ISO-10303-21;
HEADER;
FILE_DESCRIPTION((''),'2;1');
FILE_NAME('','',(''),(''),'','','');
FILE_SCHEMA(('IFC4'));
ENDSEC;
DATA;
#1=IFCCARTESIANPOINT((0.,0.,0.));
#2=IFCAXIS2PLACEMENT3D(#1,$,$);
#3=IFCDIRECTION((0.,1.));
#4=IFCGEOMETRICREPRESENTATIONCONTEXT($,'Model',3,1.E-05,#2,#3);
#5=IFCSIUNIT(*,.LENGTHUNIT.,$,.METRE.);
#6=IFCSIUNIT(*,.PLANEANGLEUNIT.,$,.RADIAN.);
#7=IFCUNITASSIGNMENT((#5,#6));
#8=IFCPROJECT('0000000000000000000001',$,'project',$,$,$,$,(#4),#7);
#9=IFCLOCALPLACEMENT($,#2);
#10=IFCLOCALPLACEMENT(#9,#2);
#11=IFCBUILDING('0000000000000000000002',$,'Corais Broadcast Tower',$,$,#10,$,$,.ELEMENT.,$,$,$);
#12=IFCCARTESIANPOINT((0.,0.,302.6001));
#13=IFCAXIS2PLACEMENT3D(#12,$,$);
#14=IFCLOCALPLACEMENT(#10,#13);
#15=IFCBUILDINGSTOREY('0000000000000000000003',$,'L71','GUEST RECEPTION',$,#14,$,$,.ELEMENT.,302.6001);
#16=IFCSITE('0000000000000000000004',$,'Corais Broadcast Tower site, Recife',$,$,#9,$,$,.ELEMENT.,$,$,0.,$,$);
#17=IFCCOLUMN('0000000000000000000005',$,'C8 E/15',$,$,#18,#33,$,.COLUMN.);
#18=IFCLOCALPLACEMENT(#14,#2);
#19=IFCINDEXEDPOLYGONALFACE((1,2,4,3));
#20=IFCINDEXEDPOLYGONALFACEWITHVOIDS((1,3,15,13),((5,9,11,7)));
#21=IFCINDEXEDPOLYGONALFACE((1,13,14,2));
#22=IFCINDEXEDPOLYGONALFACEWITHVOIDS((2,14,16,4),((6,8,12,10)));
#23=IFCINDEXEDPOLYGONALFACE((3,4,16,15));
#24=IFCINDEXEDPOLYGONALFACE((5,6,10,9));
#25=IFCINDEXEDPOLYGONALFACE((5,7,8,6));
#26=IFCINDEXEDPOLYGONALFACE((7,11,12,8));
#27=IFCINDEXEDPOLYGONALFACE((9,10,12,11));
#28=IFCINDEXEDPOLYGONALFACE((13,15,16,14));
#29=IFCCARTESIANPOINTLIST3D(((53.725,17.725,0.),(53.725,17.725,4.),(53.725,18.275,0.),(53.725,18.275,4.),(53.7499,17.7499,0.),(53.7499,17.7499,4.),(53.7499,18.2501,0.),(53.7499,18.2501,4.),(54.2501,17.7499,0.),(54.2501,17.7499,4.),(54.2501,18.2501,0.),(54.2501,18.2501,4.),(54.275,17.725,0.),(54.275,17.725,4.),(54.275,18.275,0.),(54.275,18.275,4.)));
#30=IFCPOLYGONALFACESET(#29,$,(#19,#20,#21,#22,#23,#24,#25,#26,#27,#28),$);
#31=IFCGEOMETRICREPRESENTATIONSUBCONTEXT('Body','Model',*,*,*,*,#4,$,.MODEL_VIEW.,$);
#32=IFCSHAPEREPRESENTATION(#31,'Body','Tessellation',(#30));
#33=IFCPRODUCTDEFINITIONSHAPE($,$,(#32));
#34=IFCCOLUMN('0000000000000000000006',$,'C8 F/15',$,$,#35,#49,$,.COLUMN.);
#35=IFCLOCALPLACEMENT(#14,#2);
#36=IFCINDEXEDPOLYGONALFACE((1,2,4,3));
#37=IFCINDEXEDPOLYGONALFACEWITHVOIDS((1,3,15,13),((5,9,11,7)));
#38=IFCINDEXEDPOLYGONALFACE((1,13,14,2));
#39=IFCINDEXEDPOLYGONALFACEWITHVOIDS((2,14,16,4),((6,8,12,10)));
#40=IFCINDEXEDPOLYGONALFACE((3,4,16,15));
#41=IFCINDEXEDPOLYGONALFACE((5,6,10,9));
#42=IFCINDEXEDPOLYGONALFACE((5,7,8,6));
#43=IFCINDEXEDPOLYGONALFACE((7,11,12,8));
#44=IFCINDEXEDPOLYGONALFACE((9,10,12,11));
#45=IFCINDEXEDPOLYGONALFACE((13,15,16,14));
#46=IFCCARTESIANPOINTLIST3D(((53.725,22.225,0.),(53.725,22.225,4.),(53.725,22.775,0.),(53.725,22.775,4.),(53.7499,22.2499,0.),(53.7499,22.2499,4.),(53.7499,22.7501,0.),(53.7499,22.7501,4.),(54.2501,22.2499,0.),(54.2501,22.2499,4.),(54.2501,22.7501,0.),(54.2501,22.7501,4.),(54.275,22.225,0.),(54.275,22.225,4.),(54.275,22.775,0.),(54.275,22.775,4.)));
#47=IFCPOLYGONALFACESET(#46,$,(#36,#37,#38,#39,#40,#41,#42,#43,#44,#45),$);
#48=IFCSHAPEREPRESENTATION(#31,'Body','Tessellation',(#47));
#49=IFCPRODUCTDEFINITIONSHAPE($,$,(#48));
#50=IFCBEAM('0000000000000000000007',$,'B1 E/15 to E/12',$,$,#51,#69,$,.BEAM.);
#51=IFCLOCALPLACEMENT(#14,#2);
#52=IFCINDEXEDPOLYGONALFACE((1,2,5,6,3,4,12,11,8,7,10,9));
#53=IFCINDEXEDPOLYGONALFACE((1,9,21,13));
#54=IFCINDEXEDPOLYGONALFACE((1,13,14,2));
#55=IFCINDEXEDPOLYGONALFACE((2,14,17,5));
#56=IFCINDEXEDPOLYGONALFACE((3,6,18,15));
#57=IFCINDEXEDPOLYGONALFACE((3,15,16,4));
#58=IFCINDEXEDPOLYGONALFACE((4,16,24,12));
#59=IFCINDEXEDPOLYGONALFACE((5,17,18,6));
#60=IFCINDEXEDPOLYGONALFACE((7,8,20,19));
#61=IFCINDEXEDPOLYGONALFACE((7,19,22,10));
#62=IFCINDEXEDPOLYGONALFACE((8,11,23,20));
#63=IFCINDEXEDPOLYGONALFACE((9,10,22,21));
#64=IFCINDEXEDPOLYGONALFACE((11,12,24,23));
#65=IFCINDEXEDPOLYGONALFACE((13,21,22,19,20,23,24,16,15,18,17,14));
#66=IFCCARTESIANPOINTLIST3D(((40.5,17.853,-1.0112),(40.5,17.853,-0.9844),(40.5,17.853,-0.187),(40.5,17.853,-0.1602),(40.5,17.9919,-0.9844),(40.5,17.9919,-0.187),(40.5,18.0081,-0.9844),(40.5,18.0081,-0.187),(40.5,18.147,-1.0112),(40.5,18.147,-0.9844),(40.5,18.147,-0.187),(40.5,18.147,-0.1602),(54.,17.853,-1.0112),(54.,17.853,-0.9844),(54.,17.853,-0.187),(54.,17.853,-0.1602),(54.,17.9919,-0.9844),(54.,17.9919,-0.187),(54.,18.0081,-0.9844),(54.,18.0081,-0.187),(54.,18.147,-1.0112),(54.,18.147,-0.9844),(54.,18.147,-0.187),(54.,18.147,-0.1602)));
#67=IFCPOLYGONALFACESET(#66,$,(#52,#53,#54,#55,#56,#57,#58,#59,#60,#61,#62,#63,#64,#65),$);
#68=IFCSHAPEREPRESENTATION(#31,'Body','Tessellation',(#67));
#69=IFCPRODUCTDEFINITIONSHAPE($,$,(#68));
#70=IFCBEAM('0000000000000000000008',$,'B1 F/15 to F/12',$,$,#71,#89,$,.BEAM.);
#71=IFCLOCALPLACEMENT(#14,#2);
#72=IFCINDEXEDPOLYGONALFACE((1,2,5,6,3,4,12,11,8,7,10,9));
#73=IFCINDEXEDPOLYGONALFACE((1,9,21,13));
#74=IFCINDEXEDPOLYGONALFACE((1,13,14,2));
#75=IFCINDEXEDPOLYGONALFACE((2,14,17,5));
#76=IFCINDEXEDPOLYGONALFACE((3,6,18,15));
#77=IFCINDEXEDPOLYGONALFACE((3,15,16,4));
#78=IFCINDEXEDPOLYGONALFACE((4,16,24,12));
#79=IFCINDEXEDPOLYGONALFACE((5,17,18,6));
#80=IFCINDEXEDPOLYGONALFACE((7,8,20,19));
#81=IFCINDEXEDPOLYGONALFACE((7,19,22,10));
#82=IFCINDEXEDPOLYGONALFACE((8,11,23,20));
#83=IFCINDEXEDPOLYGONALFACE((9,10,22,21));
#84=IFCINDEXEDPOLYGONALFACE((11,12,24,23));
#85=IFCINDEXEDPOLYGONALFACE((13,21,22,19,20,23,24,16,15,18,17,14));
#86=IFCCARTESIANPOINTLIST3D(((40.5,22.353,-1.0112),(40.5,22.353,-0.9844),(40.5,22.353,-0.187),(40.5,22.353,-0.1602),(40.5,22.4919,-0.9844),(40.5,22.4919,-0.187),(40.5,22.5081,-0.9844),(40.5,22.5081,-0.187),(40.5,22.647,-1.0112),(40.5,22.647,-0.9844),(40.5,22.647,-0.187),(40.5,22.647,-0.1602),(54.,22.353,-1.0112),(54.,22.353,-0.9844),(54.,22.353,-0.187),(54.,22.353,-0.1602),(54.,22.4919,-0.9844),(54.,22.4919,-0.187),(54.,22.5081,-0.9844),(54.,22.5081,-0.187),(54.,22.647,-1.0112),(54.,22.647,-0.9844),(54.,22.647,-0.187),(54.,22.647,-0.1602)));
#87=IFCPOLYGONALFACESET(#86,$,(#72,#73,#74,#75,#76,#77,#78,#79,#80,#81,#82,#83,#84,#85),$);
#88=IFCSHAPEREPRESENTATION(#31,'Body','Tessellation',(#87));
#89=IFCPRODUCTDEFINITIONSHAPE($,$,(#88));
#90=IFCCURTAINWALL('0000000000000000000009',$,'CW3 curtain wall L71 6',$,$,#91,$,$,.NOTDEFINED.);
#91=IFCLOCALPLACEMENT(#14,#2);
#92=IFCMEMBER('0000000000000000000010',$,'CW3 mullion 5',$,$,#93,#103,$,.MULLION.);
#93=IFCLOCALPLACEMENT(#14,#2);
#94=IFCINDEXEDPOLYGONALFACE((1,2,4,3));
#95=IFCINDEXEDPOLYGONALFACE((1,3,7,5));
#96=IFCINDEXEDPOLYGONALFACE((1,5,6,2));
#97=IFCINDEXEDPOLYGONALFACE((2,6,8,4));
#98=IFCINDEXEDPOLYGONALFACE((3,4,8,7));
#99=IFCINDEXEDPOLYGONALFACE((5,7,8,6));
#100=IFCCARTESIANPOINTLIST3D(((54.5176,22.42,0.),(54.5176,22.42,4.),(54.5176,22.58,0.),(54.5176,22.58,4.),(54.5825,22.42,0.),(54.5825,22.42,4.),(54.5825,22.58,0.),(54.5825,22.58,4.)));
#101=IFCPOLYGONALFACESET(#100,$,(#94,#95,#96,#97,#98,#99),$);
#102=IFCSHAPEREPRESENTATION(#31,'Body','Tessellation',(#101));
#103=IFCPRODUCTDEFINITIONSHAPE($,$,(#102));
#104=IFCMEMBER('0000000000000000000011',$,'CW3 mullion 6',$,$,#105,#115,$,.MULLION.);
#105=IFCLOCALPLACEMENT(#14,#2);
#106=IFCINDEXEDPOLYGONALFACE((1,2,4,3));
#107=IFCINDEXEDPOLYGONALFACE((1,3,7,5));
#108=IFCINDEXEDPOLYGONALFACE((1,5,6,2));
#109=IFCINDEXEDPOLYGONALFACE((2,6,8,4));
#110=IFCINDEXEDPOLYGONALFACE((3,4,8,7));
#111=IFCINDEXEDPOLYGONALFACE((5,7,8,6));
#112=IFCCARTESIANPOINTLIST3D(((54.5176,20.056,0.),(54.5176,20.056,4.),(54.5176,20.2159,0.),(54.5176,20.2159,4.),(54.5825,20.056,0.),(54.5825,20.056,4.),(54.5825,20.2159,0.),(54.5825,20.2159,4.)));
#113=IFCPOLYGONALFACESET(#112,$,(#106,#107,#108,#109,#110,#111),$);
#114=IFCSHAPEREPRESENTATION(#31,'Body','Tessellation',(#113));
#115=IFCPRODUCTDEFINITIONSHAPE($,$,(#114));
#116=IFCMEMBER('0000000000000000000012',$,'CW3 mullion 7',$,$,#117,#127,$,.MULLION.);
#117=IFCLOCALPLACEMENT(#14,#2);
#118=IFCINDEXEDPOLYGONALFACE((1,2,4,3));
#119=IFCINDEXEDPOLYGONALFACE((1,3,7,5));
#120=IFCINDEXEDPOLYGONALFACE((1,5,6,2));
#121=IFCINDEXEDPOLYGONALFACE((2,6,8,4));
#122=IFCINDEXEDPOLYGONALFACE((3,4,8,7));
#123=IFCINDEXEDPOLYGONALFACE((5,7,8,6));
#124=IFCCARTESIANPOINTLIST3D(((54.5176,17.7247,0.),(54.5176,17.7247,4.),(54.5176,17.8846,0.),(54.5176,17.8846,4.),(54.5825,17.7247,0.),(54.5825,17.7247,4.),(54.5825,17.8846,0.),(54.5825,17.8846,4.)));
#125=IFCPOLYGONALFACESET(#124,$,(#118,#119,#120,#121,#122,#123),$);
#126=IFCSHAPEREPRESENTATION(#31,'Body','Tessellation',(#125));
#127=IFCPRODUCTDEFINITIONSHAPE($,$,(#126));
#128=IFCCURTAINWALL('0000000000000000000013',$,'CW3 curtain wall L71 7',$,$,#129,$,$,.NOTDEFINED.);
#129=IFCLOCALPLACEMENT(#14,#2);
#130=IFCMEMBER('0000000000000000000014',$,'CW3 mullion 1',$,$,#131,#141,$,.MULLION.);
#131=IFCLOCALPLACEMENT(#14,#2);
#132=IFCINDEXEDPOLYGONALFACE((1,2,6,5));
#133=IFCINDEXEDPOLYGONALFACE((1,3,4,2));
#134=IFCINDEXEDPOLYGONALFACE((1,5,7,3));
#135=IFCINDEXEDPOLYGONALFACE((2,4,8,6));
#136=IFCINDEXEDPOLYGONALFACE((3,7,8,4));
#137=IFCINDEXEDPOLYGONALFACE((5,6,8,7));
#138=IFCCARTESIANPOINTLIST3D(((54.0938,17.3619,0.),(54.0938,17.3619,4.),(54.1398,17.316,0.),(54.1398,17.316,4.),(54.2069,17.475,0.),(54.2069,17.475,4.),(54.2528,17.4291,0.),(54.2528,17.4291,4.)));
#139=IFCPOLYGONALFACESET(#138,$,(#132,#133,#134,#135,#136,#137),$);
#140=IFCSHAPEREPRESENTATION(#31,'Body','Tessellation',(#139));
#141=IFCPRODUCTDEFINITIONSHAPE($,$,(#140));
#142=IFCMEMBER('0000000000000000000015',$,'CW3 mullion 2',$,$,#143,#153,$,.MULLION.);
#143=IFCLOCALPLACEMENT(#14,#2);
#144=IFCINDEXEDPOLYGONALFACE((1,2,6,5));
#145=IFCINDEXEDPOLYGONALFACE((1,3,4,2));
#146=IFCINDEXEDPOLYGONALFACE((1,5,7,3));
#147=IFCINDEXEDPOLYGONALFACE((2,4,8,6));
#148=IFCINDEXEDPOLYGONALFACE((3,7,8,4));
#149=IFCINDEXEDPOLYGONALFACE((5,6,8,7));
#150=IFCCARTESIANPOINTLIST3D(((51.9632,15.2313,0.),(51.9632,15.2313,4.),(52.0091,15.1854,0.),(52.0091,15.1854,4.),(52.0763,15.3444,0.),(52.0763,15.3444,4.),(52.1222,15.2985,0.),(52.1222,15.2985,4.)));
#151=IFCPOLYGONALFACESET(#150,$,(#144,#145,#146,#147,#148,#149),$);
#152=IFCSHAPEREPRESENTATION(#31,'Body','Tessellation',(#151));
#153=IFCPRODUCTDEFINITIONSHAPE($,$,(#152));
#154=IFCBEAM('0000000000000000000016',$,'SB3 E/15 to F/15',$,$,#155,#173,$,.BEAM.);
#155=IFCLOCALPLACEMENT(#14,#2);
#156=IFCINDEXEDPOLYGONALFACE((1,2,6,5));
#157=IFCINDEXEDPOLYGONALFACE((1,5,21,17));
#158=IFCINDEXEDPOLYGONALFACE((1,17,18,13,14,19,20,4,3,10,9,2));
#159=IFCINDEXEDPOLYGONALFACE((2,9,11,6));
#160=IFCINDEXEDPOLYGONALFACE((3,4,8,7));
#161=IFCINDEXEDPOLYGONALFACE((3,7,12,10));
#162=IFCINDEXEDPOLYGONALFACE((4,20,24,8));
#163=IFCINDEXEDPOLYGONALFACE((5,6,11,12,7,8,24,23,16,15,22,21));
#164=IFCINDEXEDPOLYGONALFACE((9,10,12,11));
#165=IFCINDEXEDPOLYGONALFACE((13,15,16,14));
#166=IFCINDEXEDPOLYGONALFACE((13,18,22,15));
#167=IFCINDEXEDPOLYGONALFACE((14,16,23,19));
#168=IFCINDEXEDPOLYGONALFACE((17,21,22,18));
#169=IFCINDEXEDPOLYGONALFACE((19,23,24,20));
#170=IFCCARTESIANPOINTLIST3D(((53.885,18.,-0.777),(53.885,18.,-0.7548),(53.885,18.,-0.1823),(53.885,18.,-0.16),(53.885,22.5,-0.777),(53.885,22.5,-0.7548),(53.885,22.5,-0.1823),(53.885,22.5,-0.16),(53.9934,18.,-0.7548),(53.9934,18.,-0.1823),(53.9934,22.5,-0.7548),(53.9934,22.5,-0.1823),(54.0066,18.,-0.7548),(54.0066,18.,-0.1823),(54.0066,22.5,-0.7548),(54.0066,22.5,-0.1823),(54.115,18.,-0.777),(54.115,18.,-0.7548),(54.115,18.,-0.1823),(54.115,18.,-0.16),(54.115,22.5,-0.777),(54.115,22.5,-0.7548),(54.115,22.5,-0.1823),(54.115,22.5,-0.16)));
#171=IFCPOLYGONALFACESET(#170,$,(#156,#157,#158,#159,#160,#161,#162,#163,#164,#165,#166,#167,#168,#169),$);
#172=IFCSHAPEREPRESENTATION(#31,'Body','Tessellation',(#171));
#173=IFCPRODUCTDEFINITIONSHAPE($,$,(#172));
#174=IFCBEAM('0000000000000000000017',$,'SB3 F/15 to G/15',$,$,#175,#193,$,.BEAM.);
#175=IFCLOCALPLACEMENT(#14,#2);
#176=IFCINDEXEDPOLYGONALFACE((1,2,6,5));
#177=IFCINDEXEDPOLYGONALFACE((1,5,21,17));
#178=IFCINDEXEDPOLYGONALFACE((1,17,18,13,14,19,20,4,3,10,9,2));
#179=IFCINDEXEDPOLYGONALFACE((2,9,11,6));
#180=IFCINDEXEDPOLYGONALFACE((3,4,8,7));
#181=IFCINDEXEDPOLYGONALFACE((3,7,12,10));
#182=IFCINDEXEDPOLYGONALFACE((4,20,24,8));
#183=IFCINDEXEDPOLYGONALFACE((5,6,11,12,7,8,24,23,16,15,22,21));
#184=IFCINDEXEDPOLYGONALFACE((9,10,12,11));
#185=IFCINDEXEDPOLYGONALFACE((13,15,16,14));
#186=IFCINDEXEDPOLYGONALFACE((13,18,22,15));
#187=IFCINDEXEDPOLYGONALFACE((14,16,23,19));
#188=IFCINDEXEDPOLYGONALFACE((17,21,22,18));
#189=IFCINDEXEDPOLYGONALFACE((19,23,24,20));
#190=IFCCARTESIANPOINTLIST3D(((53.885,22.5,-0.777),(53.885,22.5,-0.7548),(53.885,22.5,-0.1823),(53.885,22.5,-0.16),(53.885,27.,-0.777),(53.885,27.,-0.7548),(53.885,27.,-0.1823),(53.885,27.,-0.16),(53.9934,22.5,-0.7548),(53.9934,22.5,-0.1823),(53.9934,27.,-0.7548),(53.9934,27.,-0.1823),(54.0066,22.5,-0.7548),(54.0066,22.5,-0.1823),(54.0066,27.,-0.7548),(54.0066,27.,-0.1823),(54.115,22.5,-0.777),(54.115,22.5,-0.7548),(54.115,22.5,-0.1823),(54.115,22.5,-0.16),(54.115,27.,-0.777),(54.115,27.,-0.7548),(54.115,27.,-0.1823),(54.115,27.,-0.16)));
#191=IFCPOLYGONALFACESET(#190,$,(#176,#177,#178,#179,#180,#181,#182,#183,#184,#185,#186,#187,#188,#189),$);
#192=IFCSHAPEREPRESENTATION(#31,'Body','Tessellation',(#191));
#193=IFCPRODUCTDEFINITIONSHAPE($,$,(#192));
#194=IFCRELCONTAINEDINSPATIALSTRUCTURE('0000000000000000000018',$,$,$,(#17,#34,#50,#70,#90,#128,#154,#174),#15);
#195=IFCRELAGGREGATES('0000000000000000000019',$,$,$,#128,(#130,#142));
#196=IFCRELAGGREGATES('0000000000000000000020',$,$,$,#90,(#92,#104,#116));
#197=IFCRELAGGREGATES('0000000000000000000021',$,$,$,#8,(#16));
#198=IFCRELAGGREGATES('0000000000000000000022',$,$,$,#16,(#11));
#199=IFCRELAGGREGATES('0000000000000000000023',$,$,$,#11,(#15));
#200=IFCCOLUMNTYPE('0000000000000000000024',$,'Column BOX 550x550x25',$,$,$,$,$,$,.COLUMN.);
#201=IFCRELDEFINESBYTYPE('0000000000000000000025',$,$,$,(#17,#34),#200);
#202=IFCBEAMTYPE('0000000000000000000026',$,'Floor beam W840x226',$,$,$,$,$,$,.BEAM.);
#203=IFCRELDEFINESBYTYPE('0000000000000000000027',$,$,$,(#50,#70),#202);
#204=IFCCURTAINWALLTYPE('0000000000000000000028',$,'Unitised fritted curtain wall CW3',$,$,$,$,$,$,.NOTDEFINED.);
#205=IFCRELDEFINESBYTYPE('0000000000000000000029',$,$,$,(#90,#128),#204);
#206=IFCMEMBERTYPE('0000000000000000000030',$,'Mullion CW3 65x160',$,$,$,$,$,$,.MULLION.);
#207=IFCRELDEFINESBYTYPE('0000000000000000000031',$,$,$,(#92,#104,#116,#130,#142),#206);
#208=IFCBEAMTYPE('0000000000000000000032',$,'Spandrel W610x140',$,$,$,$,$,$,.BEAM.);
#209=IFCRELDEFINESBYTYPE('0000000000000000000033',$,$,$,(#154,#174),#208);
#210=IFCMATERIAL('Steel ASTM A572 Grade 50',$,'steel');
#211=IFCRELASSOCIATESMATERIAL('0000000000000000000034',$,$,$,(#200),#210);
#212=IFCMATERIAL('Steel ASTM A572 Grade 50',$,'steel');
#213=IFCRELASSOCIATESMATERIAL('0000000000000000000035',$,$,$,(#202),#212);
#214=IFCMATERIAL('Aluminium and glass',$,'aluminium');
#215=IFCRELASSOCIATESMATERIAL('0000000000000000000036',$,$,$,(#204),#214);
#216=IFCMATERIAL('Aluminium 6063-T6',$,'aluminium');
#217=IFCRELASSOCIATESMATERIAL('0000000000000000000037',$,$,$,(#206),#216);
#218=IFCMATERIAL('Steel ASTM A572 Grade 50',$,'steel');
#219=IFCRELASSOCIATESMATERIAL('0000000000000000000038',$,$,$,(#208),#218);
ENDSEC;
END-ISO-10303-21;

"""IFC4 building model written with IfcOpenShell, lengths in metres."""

from ifc_helpers import new_model, si_unit, direction, frame, origin, origin_2d, place, context, subcontext, project, spatial, rectangle, hollow_rectangle, i_section, extrude, material, material_profile, profile_set, type_object, element, aggregate, save


model = new_model("IFC4")

# Units and contexts
model_context = context("Model", 3, precision=1e-05, world=origin(), true_north=direction((0.0, 1.0)))
body_context = subcontext(model_context, "Body", "Model", "MODEL_VIEW")
ifc_project = project(units=[si_unit("LENGTHUNIT", "METRE"), si_unit("PLANEANGLEUNIT", "RADIAN")], contexts=[model_context])

# Site, building, storey
site_placement = place(None, origin())
site = spatial("IfcSite", under=ifc_project, at=site_placement, Name="Corais Broadcast Tower site, Recife", CompositionType="ELEMENT", RefElevation=0.0)
building_placement = place(site_placement, origin())
building = spatial("IfcBuilding", under=site, at=building_placement, Name="Corais Broadcast Tower", CompositionType="ELEMENT")
storey_placement = place(building_placement, frame((0.0, 0.0, 302.6001)))
storey = spatial("IfcBuildingStorey", under=building, at=storey_placement, Name="L71", Description="GUEST RECEPTION", CompositionType="ELEMENT", Elevation=302.6001)

# Columns
ifc_material_1 = material(Name="Steel ASTM A572 Grade 50", Category="steel")
ifc_material_profile_1 = material_profile(ifc_material_1, hollow_rectangle(XDim=0.55, YDim=0.55, WallThickness=0.0249, at=origin_2d()), Name="BOX 550x550x25")
ifc_profile_set_1 = profile_set([ifc_material_profile_1], Name="Steel ASTM A572 Grade 50")
column_type = type_object("IfcColumnType", Name="Column BOX 550x550x25", PredefinedType="COLUMN", material=ifc_profile_set_1)
for number, where, z_axis, x_axis, name in (
    (1, (54.0, 18.0, 0.0), (0.0, 0.0, 1.0), (1.0, 0.0, 0.0), "C8 E/15"),
    (2, (54.0, 22.5, 0.0), (0.0, 0.0, 1.0), (1.0, 0.0, 0.0), "C8 F/15"),
):
    element("IfcColumn", number, at=place(storey_placement, frame(where, z_axis=z_axis, x_axis=x_axis)), inside=storey, type_object=column_type, Name=name, PredefinedType="COLUMN", context=body_context, shape_type="SweptSolid", body=[
        extrude(hollow_rectangle(XDim=0.55, YDim=0.55, WallThickness=0.0249, at=origin_2d()), origin(), (0.0, 0.0, 1.0), 4.0),
    ])

# Beams
ifc_material_2 = material(Name="Steel ASTM A572 Grade 50", Category="steel")
ifc_material_profile_2 = material_profile(ifc_material_2, i_section(OverallWidth=0.2939, OverallDepth=0.8511, WebThickness=0.0161, FlangeThickness=0.0269, at=origin_2d()), Name="W840x226")
ifc_profile_set_2 = profile_set([ifc_material_profile_2], Name="Steel ASTM A572 Grade 50")
beam_type_1 = type_object("IfcBeamType", Name="Floor beam W840x226", PredefinedType="BEAM", material=ifc_profile_set_2)
for number, where, z_axis, x_axis, name in (
    (3, (54.0, 18.0, -0.5857), (-1.0, 0.0, 0.0), (0.0, -1.0, 0.0), "B1 E/15 to E/12"),
    (4, (54.0, 22.5, -0.5857), (-1.0, 0.0, 0.0), (0.0, -1.0, 0.0), "B1 F/15 to F/12"),
):
    element("IfcBeam", number, at=place(storey_placement, frame(where, z_axis=z_axis, x_axis=x_axis)), inside=storey, type_object=beam_type_1, Name=name, PredefinedType="BEAM", context=body_context, shape_type="SweptSolid", body=[
        extrude(i_section(OverallWidth=0.2939, OverallDepth=0.8511, WebThickness=0.0161, FlangeThickness=0.0269, at=origin_2d()), origin(), (0.0, 0.0, 1.0), 13.5),
    ])

# Curtain walls, members
ifc_material_3 = material(Name="Aluminium and glass", Category="aluminium")
curtain_wall_type = type_object("IfcCurtainWallType", Name="Unitised fritted curtain wall CW3", PredefinedType="NOTDEFINED", material=ifc_material_3)
curtain_wall_1_placement = place(storey_placement, origin())
curtain_wall_1 = element("IfcCurtainWall", 5, at=curtain_wall_1_placement, inside=storey, type_object=curtain_wall_type, Name="CW3 curtain wall L71 6", PredefinedType="NOTDEFINED")
ifc_material_4 = material(Name="Aluminium 6063-T6", Category="aluminium")
ifc_material_profile_3 = material_profile(ifc_material_4, rectangle(XDim=0.0649, YDim=0.1599, at=origin_2d()), Name="Mullion CW3 65x160")
ifc_profile_set_3 = profile_set([ifc_material_profile_3], Name="Aluminium 6063-T6")
member_type_1 = type_object("IfcMemberType", Name="Mullion CW3 65x160", PredefinedType="MULLION", material=ifc_profile_set_3)
member_1_placement = place(storey_placement, frame((54.55, 22.5, 0.0), z_axis=(0.0, 0.0, 1.0), x_axis=(1.0, 0.0, 0.0)))
member_1 = element("IfcMember", 6, at=member_1_placement, type_object=member_type_1, Name="CW3 mullion 5", PredefinedType="MULLION", context=body_context, shape_type="SweptSolid", body=[
    extrude(rectangle(XDim=0.0649, YDim=0.1599, at=origin_2d()), origin(), (0.0, 0.0, 1.0), 4.0),
])
member_2_placement = place(storey_placement, frame((54.55, 20.136, 0.0), z_axis=(0.0, 0.0, 1.0), x_axis=(1.0, 0.0, 0.0)))
member_2 = element("IfcMember", 7, at=member_2_placement, type_object=member_type_1, Name="CW3 mullion 6", PredefinedType="MULLION", context=body_context, shape_type="SweptSolid", body=[
    extrude(rectangle(XDim=0.0649, YDim=0.1599, at=origin_2d()), origin(), (0.0, 0.0, 1.0), 4.0),
])
member_3_placement = place(storey_placement, frame((54.55, 17.8047, 0.0), z_axis=(0.0, 0.0, 1.0), x_axis=(1.0, 0.0, 0.0)))
member_3 = element("IfcMember", 8, at=member_3_placement, type_object=member_type_1, Name="CW3 mullion 7", PredefinedType="MULLION", context=body_context, shape_type="SweptSolid", body=[
    extrude(rectangle(XDim=0.0649, YDim=0.1599, at=origin_2d()), origin(), (0.0, 0.0, 1.0), 4.0),
])
curtain_wall_2_placement = place(storey_placement, origin())
curtain_wall_2 = element("IfcCurtainWall", 9, at=curtain_wall_2_placement, inside=storey, type_object=curtain_wall_type, Name="CW3 curtain wall L71 7", PredefinedType="NOTDEFINED")
member_4_placement = place(storey_placement, frame((54.1733, 17.3955, 0.0), z_axis=(0.0, 0.0, 1.0), x_axis=(0.707107, -0.707107, 0.0)))
member_4 = element("IfcMember", 10, at=member_4_placement, type_object=member_type_1, Name="CW3 mullion 1", PredefinedType="MULLION", context=body_context, shape_type="SweptSolid", body=[
    extrude(rectangle(XDim=0.0649, YDim=0.1599, at=origin_2d()), origin(), (0.0, 0.0, 1.0), 4.0),
])
member_5_placement = place(storey_placement, frame((52.0427, 15.2649, 0.0), z_axis=(0.0, 0.0, 1.0), x_axis=(0.707107, -0.707107, 0.0)))
member_5 = element("IfcMember", 11, at=member_5_placement, type_object=member_type_1, Name="CW3 mullion 2", PredefinedType="MULLION", context=body_context, shape_type="SweptSolid", body=[
    extrude(rectangle(XDim=0.0649, YDim=0.1599, at=origin_2d()), origin(), (0.0, 0.0, 1.0), 4.0),
])

# Beams
ifc_material_5 = material(Name="Steel ASTM A572 Grade 50", Category="steel")
ifc_material_profile_4 = material_profile(ifc_material_5, i_section(OverallWidth=0.23, OverallDepth=0.6169, WebThickness=0.0132, FlangeThickness=0.0222, at=origin_2d()), Name="W610x140")
ifc_profile_set_4 = profile_set([ifc_material_profile_4], Name="Steel ASTM A572 Grade 50")
beam_type_2 = type_object("IfcBeamType", Name="Spandrel W610x140", PredefinedType="BEAM", material=ifc_profile_set_4)
for number, where, z_axis, x_axis, name in (
    (12, (54.0, 18.0, -0.4685), (0.0, 1.0, 0.0), (-1.0, 0.0, 0.0), "SB3 E/15 to F/15"),
    (13, (54.0, 22.5, -0.4685), (0.0, 1.0, 0.0), (-1.0, 0.0, 0.0), "SB3 F/15 to G/15"),
):
    element("IfcBeam", number, at=place(storey_placement, frame(where, z_axis=z_axis, x_axis=x_axis)), inside=storey, type_object=beam_type_2, Name=name, PredefinedType="BEAM", context=body_context, shape_type="SweptSolid", body=[
        extrude(i_section(OverallWidth=0.23, OverallDepth=0.6169, WebThickness=0.0132, FlangeThickness=0.0222, at=origin_2d()), origin(), (0.0, 0.0, 1.0), 4.5),
    ])

aggregate(curtain_wall_2, [member_4, member_5])
aggregate(curtain_wall_1, [member_1, member_2, member_3])

save(model, "model.ifc")
